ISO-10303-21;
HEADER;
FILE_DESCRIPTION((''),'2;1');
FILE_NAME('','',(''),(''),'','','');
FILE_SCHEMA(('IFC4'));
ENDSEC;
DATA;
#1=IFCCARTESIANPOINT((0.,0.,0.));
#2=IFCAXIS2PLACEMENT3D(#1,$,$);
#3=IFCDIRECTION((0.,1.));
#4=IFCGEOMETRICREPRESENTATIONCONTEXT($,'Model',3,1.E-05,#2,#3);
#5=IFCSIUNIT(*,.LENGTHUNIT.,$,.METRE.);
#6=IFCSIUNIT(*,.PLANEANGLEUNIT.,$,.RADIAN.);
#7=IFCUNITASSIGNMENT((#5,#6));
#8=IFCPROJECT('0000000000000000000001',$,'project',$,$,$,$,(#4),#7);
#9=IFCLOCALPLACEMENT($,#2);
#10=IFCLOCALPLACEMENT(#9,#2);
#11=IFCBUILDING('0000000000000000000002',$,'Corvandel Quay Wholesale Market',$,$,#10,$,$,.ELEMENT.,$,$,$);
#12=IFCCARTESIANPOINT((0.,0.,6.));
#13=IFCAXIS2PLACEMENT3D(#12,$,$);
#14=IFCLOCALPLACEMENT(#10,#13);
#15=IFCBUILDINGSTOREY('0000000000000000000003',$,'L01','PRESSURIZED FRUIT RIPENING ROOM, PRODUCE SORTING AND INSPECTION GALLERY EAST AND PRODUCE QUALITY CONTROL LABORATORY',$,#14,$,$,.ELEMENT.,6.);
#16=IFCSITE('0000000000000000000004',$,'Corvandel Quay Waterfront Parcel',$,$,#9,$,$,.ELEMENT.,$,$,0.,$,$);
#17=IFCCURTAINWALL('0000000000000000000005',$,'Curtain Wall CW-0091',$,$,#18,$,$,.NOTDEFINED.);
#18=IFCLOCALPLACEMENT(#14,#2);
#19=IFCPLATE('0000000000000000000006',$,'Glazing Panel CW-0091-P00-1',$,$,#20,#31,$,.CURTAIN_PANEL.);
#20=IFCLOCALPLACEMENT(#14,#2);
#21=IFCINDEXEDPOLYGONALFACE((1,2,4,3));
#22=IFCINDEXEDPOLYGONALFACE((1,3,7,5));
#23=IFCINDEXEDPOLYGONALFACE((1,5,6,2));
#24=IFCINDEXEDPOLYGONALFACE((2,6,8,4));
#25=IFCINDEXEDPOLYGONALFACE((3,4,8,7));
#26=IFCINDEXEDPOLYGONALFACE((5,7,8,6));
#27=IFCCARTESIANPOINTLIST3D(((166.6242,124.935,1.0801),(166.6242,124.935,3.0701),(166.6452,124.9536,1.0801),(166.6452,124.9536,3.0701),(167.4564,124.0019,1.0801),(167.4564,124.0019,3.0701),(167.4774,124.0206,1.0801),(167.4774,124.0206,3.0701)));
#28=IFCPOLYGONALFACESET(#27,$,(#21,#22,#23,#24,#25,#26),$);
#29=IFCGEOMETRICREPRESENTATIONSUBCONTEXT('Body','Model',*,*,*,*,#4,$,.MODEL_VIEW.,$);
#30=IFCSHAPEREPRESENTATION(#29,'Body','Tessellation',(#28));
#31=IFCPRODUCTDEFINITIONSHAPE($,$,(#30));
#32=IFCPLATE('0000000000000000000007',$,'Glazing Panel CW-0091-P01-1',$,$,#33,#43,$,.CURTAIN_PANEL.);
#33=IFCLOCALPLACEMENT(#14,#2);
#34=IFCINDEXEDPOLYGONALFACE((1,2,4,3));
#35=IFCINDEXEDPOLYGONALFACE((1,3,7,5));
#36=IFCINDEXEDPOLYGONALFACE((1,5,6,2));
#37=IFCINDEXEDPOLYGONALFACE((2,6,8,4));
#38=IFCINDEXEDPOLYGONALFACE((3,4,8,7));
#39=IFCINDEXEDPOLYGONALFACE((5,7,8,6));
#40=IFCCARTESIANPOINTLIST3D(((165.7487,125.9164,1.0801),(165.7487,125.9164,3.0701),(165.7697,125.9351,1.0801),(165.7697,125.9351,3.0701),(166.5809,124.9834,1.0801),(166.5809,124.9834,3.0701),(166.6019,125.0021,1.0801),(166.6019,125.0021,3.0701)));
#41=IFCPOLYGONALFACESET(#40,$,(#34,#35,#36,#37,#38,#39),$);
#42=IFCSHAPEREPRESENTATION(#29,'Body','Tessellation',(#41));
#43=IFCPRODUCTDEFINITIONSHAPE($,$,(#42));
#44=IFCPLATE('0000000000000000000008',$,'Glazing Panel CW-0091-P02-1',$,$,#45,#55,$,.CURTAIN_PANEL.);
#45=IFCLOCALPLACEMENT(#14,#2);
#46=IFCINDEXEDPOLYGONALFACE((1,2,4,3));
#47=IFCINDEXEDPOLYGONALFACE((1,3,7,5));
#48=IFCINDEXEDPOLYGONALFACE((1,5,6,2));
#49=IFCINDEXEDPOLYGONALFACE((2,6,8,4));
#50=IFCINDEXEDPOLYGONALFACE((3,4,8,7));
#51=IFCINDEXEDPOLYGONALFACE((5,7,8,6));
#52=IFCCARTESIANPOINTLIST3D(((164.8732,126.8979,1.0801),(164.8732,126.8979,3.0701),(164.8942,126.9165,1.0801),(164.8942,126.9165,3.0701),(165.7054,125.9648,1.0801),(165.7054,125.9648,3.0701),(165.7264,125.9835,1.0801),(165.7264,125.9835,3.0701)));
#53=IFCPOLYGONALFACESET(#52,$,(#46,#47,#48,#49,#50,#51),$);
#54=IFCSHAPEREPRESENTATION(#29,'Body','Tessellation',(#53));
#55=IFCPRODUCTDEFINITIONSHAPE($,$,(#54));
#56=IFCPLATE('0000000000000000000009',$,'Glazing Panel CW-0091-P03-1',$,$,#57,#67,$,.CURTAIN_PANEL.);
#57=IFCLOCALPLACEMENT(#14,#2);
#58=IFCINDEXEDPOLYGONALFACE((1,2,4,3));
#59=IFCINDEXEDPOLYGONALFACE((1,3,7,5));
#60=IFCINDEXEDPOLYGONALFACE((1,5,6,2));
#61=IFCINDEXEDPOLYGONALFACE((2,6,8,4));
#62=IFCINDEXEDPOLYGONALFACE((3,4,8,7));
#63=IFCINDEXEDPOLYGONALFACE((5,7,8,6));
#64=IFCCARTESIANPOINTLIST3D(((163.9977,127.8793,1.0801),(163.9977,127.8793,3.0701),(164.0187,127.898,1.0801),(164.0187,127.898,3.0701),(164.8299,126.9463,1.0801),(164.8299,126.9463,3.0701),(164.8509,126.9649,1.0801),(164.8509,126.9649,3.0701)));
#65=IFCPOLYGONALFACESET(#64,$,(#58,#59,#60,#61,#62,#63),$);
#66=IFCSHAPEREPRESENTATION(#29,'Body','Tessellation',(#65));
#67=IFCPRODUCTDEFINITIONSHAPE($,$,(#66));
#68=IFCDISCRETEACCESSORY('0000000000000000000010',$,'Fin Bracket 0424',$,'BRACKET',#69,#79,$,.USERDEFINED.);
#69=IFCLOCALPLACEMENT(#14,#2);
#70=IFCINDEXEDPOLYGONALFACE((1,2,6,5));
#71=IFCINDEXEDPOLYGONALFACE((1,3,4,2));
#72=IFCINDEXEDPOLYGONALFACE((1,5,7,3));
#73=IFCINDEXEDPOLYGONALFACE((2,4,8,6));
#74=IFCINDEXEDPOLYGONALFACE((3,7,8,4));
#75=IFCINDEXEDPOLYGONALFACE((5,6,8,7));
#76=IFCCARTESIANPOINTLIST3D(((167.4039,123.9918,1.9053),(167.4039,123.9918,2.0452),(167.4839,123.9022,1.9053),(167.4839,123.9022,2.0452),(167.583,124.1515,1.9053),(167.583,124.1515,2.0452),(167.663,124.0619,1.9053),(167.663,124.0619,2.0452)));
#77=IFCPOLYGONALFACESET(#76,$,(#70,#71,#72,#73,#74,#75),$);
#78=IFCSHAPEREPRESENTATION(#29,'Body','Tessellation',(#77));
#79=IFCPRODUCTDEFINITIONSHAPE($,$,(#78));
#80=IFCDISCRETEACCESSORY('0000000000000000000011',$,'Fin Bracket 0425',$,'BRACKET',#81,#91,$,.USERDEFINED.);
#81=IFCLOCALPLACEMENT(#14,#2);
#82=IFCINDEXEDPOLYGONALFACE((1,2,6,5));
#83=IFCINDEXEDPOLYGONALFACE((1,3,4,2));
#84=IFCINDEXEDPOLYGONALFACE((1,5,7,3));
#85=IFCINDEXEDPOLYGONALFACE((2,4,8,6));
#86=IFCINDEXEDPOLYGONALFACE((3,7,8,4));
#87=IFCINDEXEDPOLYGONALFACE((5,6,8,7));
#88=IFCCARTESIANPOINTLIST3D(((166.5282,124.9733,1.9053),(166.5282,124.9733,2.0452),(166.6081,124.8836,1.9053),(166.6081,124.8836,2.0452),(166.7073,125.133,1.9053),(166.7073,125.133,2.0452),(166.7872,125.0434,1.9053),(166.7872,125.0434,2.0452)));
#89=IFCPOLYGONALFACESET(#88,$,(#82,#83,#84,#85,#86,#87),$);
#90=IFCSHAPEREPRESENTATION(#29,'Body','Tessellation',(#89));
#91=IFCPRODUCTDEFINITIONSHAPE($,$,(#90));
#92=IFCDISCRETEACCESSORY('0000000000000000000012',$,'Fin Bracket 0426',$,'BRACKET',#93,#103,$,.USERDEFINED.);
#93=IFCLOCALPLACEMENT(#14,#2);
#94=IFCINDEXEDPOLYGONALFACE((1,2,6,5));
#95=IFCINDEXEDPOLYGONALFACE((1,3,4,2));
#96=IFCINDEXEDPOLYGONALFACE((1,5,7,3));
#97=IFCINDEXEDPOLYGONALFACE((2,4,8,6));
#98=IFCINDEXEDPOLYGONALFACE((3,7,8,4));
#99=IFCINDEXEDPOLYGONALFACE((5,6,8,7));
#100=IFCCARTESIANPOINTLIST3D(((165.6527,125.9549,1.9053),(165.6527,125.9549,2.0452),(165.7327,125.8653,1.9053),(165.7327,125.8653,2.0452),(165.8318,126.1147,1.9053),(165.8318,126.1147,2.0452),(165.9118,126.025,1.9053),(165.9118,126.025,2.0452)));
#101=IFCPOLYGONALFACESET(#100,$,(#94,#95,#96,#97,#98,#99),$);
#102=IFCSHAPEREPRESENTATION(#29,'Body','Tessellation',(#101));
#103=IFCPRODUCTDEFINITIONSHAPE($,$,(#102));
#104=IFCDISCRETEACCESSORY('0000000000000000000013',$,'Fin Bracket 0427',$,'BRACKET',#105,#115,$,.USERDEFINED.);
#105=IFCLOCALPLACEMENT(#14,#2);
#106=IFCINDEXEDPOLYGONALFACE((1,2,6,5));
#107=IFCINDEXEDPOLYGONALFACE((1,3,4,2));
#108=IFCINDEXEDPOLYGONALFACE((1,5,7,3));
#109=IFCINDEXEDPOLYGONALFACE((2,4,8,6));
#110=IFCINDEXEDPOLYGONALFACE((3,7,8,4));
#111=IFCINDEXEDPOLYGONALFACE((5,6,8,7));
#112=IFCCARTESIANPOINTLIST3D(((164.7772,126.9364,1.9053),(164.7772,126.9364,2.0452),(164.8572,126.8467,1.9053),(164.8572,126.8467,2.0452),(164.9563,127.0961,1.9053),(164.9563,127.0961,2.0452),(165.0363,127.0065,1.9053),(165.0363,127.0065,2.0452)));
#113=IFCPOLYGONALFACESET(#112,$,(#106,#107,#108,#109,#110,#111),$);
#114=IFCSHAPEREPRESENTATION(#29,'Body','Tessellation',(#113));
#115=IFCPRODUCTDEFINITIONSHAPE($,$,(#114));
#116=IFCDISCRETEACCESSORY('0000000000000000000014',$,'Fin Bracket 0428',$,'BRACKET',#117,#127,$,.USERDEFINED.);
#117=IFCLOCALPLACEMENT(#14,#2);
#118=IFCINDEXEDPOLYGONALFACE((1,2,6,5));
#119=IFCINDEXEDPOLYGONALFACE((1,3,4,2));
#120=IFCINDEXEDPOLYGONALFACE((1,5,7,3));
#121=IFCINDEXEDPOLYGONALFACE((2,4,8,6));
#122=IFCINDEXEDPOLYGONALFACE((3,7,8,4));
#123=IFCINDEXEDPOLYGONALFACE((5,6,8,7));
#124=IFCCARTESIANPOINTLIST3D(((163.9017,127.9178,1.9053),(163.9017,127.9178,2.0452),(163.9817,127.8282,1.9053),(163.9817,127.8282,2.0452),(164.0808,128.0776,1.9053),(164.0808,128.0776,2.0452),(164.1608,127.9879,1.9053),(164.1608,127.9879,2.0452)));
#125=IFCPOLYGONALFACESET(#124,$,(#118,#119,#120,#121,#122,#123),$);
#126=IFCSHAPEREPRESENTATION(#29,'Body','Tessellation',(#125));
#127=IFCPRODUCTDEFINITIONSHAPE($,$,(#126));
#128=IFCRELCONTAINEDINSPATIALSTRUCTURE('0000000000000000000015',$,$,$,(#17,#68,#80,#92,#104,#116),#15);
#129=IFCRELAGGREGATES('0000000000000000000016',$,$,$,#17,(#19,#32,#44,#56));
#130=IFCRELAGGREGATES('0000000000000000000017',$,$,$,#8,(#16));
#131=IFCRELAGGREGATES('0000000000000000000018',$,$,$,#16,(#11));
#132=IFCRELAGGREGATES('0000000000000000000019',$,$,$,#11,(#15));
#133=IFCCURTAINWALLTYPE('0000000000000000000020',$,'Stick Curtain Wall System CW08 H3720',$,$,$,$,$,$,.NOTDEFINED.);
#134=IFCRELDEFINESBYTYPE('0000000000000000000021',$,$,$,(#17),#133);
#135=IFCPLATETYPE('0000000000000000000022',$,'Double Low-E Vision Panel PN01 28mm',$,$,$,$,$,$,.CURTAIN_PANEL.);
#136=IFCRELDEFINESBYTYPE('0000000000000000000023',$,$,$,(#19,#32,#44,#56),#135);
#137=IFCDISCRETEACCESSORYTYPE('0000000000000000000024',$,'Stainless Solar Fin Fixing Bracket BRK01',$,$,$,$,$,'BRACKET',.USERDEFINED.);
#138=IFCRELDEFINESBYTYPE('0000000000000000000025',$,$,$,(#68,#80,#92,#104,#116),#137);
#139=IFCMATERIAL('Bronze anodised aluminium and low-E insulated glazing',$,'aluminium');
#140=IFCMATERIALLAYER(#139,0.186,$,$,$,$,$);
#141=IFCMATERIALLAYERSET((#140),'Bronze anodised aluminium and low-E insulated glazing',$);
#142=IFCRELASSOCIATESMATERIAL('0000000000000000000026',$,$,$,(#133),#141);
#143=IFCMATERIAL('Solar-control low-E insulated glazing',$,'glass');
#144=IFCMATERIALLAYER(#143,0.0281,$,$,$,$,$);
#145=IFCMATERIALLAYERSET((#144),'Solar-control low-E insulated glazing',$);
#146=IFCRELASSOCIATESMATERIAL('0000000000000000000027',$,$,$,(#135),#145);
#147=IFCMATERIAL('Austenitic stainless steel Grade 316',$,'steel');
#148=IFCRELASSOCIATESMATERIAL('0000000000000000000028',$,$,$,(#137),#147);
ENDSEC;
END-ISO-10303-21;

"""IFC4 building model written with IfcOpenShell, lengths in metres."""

from ifc_helpers import new_model, si_unit, direction, frame, origin, origin_2d, place, context, subcontext, project, spatial, rectangle, extrude, material, layer, layer_set, type_object, element, aggregate, save


model = new_model("IFC4")

# Units and contexts
model_context = context("Model", 3, precision=1e-05, world=origin(), true_north=direction((0.0, 1.0)))
body_context = subcontext(model_context, "Body", "Model", "MODEL_VIEW")
ifc_project = project(units=[si_unit("LENGTHUNIT", "METRE"), si_unit("PLANEANGLEUNIT", "RADIAN")], contexts=[model_context])

# Site, building, storey
site_placement = place(None, origin())
site = spatial("IfcSite", under=ifc_project, at=site_placement, Name="Corvandel Quay Waterfront Parcel", CompositionType="ELEMENT", RefElevation=0.0)
building_placement = place(site_placement, origin())
building = spatial("IfcBuilding", under=site, at=building_placement, Name="Corvandel Quay Wholesale Market", CompositionType="ELEMENT")
storey_placement = place(building_placement, frame((0.0, 0.0, 6.0)))
storey = spatial("IfcBuildingStorey", under=building, at=storey_placement, Name="L01", Description="PRESSURIZED FRUIT RIPENING ROOM, PRODUCE SORTING AND INSPECTION GALLERY EAST AND PRODUCE QUALITY CONTROL LABORATORY", CompositionType="ELEMENT", Elevation=6.0)

# Curtain wall, plates
ifc_material_1 = material(Name="Bronze anodised aluminium and low-E insulated glazing", Category="aluminium")
ifc_layer_1 = layer(ifc_material_1, 0.186)
ifc_layer_set_1 = layer_set([ifc_layer_1], Name="Bronze anodised aluminium and low-E insulated glazing")
curtain_wall_type = type_object("IfcCurtainWallType", Name="Stick Curtain Wall System CW08 H3720", PredefinedType="NOTDEFINED", material=ifc_layer_set_1)
curtain_wall_placement = place(storey_placement, origin())
curtain_wall = element("IfcCurtainWall", 1, at=curtain_wall_placement, inside=storey, type_object=curtain_wall_type, Name="Curtain Wall CW-0091", PredefinedType="NOTDEFINED")
ifc_material_2 = material(Name="Solar-control low-E insulated glazing", Category="glass")
ifc_layer_2 = layer(ifc_material_2, 0.0281)
ifc_layer_set_2 = layer_set([ifc_layer_2], Name="Solar-control low-E insulated glazing")
plate_type_1 = type_object("IfcPlateType", Name="Double Low-E Vision Panel PN01 28mm", PredefinedType="CURTAIN_PANEL", material=ifc_layer_set_2)
plate_1_placement = place(storey_placement, frame((167.0508, 124.4778, 1.0801), z_axis=(0.0, 0.0, 1.0), x_axis=(-0.665621, 0.74629, 0.0)))
plate_1 = element("IfcPlate", 2, at=plate_1_placement, type_object=plate_type_1, Name="Glazing Panel CW-0091-P00-1", PredefinedType="CURTAIN_PANEL", context=body_context, shape_type="SweptSolid", body=[
    extrude(rectangle(XDim=1.2502, YDim=0.0281, at=origin_2d()), origin(), (0.0, 0.0, 1.0), 1.99),
])
plate_2_placement = place(storey_placement, frame((166.1753, 125.4592, 1.0801), z_axis=(0.0, 0.0, 1.0), x_axis=(-0.665621, 0.74629, 0.0)))
plate_2 = element("IfcPlate", 3, at=plate_2_placement, type_object=plate_type_1, Name="Glazing Panel CW-0091-P01-1", PredefinedType="CURTAIN_PANEL", context=body_context, shape_type="SweptSolid", body=[
    extrude(rectangle(XDim=1.2502, YDim=0.0281, at=origin_2d()), origin(), (0.0, 0.0, 1.0), 1.99),
])
plate_3_placement = place(storey_placement, frame((165.2998, 126.4407, 1.0801), z_axis=(0.0, 0.0, 1.0), x_axis=(-0.665621, 0.74629, 0.0)))
plate_3 = element("IfcPlate", 4, at=plate_3_placement, type_object=plate_type_1, Name="Glazing Panel CW-0091-P02-1", PredefinedType="CURTAIN_PANEL", context=body_context, shape_type="SweptSolid", body=[
    extrude(rectangle(XDim=1.2502, YDim=0.0281, at=origin_2d()), origin(), (0.0, 0.0, 1.0), 1.99),
])
plate_4_placement = place(storey_placement, frame((164.4243, 127.4221, 1.0801), z_axis=(0.0, 0.0, 1.0), x_axis=(-0.665621, 0.74629, 0.0)))
plate_4 = element("IfcPlate", 5, at=plate_4_placement, type_object=plate_type_1, Name="Glazing Panel CW-0091-P03-1", PredefinedType="CURTAIN_PANEL", context=body_context, shape_type="SweptSolid", body=[
    extrude(rectangle(XDim=1.2502, YDim=0.0281, at=origin_2d()), origin(), (0.0, 0.0, 1.0), 1.99),
])
aggregate(curtain_wall, [plate_1, plate_2, plate_3, plate_4])

# Discrete accessories
ifc_material_3 = material(Name="Austenitic stainless steel Grade 316", Category="steel")
discrete_accessory_type = type_object("IfcDiscreteAccessoryType", Name="Stainless Solar Fin Fixing Bracket BRK01", ElementType="BRACKET", PredefinedType="USERDEFINED", material=ifc_material_3)
for number, where, z_axis, x_axis, name in (
    (6, (167.5334, 124.0269, 1.9053), (0.0, 0.0, 1.0), (0.74629, 0.665621, 0.0), "Fin Bracket 0424"),
    (7, (166.6577, 125.0083, 1.9053), (0.0, 0.0, 1.0), (0.74629, 0.665621, 0.0), "Fin Bracket 0425"),
    (8, (165.7822, 125.99, 1.9053), (0.0, 0.0, 1.0), (0.74629, 0.665621, 0.0), "Fin Bracket 0426"),
    (9, (164.9067, 126.9714, 1.9053), (0.0, 0.0, 1.0), (0.74629, 0.665621, 0.0), "Fin Bracket 0427"),
    (10, (164.0312, 127.9529, 1.9053), (0.0, 0.0, 1.0), (0.74629, 0.665621, 0.0), "Fin Bracket 0428"),
):
    element("IfcDiscreteAccessory", number, at=place(storey_placement, frame(where, z_axis=z_axis, x_axis=x_axis)), inside=storey, type_object=discrete_accessory_type, Name=name, ObjectType="BRACKET", PredefinedType="USERDEFINED", context=body_context, shape_type="SweptSolid", body=[
        extrude(rectangle(XDim=0.24, YDim=0.1201, at=origin_2d()), origin(), (0.0, 0.0, 1.0), 0.1399),
    ])

save(model, "model.ifc")
